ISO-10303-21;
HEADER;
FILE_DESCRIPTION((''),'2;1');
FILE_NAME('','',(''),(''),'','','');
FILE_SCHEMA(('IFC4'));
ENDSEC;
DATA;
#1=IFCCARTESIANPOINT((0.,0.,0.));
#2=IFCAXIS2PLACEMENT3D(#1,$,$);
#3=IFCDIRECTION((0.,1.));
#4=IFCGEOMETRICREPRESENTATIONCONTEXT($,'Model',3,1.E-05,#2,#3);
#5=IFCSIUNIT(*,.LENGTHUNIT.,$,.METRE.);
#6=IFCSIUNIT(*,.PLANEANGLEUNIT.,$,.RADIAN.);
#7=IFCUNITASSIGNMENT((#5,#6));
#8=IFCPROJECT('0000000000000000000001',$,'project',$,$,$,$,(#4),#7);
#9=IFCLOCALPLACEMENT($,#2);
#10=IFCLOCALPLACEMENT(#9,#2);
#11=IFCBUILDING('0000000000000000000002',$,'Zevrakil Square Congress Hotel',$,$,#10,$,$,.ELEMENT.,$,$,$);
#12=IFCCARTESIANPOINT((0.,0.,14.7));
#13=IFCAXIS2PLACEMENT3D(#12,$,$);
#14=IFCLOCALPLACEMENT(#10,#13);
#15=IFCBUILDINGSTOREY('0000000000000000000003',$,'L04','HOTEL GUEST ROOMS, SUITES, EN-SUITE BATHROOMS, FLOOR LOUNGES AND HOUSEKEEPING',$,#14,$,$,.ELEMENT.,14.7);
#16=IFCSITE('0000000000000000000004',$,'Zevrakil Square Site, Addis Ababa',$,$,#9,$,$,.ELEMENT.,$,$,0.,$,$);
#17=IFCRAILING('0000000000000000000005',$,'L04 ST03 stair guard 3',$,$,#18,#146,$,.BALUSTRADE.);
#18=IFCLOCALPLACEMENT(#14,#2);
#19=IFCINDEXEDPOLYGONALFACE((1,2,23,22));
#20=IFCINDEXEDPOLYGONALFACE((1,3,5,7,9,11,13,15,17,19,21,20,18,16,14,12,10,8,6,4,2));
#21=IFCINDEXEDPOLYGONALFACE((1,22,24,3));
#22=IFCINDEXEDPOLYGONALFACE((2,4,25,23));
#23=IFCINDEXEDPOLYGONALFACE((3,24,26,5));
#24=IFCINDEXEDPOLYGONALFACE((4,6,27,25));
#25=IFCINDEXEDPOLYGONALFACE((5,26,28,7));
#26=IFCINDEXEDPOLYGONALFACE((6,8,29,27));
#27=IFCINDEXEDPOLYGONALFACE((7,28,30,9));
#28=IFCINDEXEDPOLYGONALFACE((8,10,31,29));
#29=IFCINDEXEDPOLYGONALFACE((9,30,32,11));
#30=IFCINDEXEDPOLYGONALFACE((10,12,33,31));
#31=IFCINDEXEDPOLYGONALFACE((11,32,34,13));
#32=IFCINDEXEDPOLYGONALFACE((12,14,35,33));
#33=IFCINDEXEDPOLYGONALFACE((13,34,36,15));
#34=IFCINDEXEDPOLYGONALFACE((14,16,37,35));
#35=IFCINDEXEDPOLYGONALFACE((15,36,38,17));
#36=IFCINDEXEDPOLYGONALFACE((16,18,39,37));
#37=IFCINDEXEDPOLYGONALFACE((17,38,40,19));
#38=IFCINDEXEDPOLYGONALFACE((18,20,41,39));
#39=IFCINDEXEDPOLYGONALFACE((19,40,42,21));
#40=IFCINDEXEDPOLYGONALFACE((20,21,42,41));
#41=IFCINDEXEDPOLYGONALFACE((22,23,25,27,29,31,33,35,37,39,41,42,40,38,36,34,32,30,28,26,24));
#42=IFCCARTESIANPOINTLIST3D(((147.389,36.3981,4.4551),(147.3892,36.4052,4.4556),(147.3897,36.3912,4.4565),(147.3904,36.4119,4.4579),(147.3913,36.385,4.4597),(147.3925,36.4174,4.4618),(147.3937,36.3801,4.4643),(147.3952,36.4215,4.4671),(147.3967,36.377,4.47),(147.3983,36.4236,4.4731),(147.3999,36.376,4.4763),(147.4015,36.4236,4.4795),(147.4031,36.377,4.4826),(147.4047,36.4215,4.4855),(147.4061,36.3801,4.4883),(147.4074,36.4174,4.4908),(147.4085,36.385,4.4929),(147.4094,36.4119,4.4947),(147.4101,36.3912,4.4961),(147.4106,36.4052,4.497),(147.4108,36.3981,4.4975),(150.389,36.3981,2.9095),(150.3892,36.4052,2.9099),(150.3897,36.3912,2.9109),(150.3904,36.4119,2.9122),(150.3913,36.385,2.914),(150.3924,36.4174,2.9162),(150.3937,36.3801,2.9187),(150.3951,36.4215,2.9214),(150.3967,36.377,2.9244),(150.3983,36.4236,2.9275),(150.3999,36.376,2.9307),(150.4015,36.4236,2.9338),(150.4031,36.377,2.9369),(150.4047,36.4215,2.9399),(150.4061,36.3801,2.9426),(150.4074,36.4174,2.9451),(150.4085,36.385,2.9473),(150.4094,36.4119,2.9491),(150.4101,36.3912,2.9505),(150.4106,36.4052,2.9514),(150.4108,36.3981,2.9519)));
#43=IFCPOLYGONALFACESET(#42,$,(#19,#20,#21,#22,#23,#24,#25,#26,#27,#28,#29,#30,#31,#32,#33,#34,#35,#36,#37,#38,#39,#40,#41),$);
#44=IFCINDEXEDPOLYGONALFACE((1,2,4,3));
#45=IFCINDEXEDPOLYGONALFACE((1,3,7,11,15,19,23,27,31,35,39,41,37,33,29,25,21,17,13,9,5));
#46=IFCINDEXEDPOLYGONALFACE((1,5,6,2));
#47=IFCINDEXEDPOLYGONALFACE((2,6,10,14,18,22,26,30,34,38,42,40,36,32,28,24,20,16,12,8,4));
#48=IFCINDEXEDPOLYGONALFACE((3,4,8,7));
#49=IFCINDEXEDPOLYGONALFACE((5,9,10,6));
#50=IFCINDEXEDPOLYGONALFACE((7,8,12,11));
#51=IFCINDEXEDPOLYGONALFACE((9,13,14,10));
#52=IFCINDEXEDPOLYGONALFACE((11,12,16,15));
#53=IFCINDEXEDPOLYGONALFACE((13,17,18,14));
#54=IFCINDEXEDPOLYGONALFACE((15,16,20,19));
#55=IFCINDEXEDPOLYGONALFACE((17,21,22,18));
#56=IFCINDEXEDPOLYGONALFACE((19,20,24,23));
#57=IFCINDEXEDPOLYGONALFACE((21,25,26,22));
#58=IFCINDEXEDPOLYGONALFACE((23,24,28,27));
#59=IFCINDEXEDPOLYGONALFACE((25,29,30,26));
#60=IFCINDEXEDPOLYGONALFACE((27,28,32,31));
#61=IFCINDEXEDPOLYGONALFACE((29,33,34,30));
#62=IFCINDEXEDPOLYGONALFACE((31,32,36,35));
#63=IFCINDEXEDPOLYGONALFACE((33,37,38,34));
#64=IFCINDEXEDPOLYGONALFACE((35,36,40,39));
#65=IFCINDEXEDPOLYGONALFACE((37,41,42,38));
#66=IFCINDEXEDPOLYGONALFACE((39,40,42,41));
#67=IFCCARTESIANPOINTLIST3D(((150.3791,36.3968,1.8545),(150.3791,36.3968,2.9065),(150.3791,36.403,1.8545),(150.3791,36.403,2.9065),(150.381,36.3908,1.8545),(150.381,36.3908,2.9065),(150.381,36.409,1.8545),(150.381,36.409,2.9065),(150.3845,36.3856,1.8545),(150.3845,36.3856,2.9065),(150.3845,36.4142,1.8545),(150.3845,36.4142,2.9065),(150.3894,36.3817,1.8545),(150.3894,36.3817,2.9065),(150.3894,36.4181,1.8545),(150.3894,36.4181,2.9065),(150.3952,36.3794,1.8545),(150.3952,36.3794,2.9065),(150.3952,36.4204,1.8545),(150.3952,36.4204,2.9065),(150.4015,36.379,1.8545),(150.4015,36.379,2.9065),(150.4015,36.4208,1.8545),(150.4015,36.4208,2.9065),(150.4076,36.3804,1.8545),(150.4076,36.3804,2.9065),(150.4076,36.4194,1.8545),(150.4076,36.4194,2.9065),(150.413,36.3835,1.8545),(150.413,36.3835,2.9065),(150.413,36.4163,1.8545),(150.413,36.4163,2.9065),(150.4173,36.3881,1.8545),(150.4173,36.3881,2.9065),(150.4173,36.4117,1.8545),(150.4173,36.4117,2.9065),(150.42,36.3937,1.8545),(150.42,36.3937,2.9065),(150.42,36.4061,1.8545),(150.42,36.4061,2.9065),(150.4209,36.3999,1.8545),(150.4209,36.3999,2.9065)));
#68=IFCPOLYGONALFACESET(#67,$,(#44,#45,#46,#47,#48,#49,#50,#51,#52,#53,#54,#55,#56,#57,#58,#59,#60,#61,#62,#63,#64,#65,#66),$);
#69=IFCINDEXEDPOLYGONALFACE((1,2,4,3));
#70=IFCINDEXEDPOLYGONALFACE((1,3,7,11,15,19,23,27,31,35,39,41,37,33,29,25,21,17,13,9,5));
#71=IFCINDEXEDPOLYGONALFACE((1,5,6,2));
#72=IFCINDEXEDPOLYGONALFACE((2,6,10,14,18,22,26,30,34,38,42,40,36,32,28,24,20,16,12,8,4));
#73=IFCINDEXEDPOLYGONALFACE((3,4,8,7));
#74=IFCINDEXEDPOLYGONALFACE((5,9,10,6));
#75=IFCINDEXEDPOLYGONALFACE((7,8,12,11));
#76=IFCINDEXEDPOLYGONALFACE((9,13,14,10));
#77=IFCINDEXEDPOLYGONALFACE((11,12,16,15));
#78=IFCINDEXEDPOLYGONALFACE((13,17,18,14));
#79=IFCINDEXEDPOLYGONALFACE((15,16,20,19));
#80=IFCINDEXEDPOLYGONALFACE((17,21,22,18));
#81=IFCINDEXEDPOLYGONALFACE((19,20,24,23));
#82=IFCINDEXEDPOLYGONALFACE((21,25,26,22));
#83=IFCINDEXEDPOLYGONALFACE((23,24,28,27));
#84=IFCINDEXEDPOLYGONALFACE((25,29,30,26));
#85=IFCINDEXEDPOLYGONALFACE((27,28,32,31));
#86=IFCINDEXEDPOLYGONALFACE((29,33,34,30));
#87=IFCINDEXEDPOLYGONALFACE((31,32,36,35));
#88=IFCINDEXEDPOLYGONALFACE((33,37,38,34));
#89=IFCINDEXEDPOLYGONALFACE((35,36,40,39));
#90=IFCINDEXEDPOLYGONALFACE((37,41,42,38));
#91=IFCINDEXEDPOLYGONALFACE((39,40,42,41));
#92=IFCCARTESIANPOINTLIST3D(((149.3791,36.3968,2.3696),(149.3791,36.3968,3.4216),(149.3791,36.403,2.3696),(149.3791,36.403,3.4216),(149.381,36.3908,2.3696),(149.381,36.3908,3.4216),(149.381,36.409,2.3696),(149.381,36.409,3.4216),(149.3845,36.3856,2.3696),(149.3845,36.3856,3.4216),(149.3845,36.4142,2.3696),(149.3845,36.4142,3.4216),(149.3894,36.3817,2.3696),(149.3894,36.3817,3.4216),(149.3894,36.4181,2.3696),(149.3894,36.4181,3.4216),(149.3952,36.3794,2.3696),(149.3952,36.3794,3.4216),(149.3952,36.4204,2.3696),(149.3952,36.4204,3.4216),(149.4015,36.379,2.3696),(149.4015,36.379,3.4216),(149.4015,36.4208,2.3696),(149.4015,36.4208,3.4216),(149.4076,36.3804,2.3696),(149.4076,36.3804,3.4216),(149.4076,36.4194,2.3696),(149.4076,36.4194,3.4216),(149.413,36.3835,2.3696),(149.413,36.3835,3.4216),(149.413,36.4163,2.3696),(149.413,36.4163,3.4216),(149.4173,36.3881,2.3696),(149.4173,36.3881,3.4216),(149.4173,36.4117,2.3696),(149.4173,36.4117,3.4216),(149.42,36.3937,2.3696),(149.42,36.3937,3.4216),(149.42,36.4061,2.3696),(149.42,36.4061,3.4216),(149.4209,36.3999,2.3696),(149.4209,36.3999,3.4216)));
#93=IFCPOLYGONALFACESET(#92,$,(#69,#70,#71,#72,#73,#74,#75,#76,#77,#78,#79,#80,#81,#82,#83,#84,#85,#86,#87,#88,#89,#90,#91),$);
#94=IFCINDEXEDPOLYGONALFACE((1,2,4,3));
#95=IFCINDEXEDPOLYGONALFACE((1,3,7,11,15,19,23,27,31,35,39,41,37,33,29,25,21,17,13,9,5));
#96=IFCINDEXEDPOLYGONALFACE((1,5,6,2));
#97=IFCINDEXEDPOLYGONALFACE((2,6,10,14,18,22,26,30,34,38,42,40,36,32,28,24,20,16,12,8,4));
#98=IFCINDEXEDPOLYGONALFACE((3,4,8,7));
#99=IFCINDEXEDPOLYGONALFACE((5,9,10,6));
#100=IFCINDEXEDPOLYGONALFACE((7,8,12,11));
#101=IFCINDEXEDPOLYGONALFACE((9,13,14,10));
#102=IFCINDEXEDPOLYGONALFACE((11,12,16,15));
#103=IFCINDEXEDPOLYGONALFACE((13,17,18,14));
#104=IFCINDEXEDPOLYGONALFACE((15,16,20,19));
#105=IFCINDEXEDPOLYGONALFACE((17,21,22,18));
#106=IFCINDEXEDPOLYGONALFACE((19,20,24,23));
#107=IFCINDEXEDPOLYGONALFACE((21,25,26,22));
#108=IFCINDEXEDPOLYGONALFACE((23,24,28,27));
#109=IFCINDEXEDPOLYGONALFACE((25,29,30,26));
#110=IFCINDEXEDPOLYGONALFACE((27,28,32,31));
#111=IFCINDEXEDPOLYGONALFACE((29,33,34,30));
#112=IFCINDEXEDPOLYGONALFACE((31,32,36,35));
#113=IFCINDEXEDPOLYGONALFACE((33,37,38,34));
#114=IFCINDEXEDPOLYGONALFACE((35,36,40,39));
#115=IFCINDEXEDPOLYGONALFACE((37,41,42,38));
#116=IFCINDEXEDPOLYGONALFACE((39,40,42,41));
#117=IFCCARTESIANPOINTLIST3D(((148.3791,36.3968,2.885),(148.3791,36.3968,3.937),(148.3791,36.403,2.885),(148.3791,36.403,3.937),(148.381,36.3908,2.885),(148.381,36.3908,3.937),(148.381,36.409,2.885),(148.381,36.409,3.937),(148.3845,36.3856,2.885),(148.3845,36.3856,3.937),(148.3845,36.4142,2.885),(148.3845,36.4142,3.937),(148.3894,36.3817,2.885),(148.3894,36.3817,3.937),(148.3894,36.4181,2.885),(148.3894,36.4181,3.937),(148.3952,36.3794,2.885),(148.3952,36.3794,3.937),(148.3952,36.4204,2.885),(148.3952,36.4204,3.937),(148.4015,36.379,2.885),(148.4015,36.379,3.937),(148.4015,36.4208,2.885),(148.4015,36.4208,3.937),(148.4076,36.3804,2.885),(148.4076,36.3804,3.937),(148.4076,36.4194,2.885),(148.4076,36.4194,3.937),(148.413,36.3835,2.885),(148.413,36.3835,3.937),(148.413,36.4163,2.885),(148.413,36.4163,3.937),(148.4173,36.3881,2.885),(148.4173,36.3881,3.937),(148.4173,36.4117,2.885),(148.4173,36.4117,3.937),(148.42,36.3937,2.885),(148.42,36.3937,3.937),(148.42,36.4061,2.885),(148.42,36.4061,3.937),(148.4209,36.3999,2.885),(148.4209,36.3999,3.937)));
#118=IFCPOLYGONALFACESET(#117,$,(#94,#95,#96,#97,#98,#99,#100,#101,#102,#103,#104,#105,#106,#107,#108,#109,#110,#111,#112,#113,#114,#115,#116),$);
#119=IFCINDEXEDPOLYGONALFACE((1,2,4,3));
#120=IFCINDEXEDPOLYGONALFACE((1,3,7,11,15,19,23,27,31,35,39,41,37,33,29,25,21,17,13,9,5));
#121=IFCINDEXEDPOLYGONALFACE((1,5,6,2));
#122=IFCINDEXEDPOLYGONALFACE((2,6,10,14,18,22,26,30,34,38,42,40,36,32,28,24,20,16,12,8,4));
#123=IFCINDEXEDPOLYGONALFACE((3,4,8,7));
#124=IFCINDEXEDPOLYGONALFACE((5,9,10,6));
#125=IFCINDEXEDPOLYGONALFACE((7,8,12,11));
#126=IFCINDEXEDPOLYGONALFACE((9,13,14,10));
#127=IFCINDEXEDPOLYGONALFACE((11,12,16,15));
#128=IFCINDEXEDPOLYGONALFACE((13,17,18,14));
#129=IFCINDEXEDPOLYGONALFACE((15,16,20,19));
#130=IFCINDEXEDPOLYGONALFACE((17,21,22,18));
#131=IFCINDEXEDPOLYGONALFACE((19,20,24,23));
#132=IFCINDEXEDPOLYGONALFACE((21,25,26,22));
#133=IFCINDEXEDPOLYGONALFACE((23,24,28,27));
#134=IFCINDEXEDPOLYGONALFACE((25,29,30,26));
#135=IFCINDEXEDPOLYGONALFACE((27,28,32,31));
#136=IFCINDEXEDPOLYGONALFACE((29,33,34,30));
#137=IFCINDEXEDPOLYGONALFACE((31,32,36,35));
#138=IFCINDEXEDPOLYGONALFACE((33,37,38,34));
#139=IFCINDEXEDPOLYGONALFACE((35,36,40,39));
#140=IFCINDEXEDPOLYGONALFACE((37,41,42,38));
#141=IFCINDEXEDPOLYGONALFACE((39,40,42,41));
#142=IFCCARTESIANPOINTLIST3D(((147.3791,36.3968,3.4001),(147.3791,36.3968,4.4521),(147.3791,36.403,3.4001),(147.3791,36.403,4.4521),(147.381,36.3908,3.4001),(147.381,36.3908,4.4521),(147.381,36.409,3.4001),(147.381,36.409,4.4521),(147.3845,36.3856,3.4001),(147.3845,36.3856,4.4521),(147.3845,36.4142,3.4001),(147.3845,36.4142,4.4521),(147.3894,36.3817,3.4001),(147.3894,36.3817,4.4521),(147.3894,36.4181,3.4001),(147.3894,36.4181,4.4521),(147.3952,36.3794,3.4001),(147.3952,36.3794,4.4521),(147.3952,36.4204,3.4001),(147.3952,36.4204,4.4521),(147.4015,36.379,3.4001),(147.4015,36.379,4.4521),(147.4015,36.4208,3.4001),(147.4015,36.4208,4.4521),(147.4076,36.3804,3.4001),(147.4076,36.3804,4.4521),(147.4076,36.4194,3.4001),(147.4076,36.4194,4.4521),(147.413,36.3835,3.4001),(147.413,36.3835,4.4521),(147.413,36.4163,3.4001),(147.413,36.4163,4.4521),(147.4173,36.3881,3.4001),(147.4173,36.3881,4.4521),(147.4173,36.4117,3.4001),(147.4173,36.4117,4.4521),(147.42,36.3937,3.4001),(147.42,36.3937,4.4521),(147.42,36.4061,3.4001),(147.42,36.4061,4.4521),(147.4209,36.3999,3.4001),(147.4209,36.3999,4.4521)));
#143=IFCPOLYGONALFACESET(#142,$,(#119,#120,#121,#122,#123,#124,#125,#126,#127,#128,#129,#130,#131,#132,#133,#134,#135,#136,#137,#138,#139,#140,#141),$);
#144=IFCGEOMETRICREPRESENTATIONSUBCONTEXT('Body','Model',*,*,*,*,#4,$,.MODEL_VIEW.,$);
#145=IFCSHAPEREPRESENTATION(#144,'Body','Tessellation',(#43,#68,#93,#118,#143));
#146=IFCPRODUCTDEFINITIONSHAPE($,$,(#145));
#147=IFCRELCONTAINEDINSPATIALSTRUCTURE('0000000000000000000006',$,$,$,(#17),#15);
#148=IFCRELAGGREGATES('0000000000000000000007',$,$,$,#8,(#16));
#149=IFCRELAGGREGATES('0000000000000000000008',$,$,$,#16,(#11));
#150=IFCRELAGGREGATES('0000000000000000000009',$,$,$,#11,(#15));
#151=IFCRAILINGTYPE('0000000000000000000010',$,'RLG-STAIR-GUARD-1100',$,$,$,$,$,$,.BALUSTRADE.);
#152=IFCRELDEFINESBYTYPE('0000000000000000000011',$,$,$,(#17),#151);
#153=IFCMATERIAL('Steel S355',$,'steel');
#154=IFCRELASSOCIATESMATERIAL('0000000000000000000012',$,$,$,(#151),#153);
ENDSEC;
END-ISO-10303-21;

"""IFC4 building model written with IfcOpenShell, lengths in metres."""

from ifc_helpers import new_model, si_unit, direction, frame, origin, origin_2d, place, context, subcontext, project, spatial, circle, extrude, material, type_object, element, save


model = new_model("IFC4")

# Units and contexts
model_context = context("Model", 3, precision=1e-05, world=origin(), true_north=direction((0.0, 1.0)))
body_context = subcontext(model_context, "Body", "Model", "MODEL_VIEW")
ifc_project = project(units=[si_unit("LENGTHUNIT", "METRE"), si_unit("PLANEANGLEUNIT", "RADIAN")], contexts=[model_context])

# Site, building, storey
site_placement = place(None, origin())
site = spatial("IfcSite", under=ifc_project, at=site_placement, Name="Zevrakil Square Site, Addis Ababa", CompositionType="ELEMENT", RefElevation=0.0)
building_placement = place(site_placement, origin())
building = spatial("IfcBuilding", under=site, at=building_placement, Name="Zevrakil Square Congress Hotel", CompositionType="ELEMENT")
storey_placement = place(building_placement, frame((0.0, 0.0, 14.7)))
storey = spatial("IfcBuildingStorey", under=building, at=storey_placement, Name="L04", Description="HOTEL GUEST ROOMS, SUITES, EN-SUITE BATHROOMS, FLOOR LOUNGES AND HOUSEKEEPING", CompositionType="ELEMENT", Elevation=14.7)

# Railing
ifc_material_1 = material(Name="Steel S355", Category="steel")
railing_type_1 = type_object("IfcRailingType", Name="RLG-STAIR-GUARD-1100", PredefinedType="BALUSTRADE", material=ifc_material_1)
railing_1_placement = place(storey_placement, frame((150.3999, 36.3999, 1.8545)))
element("IfcRailing", 1, at=railing_1_placement, inside=storey, type_object=railing_type_1, Name="L04 ST03 stair guard 3", PredefinedType="BALUSTRADE", context=body_context, shape_type="SweptSolid", body=[
    extrude(circle(Radius=0.0239, at=origin_2d()), frame((0.0, 0.0, 1.0762), z_axis=(-0.88895, 0.0, 0.458003), x_axis=(0.0, -1.0, 0.0)), (0.0, 0.0, 1.0), 3.3748),
    extrude(circle(Radius=0.021, at=origin_2d()), origin(), (0.0, 0.0, 1.0), 1.052),
    extrude(circle(Radius=0.021, at=origin_2d()), frame((-1.0, 0.0, 0.5151)), (0.0, 0.0, 1.0), 1.052),
    extrude(circle(Radius=0.021, at=origin_2d()), frame((-2.0, 0.0, 1.0305)), (0.0, 0.0, 1.0), 1.052),
    extrude(circle(Radius=0.021, at=origin_2d()), frame((-3.0, 0.0, 1.5457)), (0.0, 0.0, 1.0), 1.052),
])

save(model, "model.ifc")
